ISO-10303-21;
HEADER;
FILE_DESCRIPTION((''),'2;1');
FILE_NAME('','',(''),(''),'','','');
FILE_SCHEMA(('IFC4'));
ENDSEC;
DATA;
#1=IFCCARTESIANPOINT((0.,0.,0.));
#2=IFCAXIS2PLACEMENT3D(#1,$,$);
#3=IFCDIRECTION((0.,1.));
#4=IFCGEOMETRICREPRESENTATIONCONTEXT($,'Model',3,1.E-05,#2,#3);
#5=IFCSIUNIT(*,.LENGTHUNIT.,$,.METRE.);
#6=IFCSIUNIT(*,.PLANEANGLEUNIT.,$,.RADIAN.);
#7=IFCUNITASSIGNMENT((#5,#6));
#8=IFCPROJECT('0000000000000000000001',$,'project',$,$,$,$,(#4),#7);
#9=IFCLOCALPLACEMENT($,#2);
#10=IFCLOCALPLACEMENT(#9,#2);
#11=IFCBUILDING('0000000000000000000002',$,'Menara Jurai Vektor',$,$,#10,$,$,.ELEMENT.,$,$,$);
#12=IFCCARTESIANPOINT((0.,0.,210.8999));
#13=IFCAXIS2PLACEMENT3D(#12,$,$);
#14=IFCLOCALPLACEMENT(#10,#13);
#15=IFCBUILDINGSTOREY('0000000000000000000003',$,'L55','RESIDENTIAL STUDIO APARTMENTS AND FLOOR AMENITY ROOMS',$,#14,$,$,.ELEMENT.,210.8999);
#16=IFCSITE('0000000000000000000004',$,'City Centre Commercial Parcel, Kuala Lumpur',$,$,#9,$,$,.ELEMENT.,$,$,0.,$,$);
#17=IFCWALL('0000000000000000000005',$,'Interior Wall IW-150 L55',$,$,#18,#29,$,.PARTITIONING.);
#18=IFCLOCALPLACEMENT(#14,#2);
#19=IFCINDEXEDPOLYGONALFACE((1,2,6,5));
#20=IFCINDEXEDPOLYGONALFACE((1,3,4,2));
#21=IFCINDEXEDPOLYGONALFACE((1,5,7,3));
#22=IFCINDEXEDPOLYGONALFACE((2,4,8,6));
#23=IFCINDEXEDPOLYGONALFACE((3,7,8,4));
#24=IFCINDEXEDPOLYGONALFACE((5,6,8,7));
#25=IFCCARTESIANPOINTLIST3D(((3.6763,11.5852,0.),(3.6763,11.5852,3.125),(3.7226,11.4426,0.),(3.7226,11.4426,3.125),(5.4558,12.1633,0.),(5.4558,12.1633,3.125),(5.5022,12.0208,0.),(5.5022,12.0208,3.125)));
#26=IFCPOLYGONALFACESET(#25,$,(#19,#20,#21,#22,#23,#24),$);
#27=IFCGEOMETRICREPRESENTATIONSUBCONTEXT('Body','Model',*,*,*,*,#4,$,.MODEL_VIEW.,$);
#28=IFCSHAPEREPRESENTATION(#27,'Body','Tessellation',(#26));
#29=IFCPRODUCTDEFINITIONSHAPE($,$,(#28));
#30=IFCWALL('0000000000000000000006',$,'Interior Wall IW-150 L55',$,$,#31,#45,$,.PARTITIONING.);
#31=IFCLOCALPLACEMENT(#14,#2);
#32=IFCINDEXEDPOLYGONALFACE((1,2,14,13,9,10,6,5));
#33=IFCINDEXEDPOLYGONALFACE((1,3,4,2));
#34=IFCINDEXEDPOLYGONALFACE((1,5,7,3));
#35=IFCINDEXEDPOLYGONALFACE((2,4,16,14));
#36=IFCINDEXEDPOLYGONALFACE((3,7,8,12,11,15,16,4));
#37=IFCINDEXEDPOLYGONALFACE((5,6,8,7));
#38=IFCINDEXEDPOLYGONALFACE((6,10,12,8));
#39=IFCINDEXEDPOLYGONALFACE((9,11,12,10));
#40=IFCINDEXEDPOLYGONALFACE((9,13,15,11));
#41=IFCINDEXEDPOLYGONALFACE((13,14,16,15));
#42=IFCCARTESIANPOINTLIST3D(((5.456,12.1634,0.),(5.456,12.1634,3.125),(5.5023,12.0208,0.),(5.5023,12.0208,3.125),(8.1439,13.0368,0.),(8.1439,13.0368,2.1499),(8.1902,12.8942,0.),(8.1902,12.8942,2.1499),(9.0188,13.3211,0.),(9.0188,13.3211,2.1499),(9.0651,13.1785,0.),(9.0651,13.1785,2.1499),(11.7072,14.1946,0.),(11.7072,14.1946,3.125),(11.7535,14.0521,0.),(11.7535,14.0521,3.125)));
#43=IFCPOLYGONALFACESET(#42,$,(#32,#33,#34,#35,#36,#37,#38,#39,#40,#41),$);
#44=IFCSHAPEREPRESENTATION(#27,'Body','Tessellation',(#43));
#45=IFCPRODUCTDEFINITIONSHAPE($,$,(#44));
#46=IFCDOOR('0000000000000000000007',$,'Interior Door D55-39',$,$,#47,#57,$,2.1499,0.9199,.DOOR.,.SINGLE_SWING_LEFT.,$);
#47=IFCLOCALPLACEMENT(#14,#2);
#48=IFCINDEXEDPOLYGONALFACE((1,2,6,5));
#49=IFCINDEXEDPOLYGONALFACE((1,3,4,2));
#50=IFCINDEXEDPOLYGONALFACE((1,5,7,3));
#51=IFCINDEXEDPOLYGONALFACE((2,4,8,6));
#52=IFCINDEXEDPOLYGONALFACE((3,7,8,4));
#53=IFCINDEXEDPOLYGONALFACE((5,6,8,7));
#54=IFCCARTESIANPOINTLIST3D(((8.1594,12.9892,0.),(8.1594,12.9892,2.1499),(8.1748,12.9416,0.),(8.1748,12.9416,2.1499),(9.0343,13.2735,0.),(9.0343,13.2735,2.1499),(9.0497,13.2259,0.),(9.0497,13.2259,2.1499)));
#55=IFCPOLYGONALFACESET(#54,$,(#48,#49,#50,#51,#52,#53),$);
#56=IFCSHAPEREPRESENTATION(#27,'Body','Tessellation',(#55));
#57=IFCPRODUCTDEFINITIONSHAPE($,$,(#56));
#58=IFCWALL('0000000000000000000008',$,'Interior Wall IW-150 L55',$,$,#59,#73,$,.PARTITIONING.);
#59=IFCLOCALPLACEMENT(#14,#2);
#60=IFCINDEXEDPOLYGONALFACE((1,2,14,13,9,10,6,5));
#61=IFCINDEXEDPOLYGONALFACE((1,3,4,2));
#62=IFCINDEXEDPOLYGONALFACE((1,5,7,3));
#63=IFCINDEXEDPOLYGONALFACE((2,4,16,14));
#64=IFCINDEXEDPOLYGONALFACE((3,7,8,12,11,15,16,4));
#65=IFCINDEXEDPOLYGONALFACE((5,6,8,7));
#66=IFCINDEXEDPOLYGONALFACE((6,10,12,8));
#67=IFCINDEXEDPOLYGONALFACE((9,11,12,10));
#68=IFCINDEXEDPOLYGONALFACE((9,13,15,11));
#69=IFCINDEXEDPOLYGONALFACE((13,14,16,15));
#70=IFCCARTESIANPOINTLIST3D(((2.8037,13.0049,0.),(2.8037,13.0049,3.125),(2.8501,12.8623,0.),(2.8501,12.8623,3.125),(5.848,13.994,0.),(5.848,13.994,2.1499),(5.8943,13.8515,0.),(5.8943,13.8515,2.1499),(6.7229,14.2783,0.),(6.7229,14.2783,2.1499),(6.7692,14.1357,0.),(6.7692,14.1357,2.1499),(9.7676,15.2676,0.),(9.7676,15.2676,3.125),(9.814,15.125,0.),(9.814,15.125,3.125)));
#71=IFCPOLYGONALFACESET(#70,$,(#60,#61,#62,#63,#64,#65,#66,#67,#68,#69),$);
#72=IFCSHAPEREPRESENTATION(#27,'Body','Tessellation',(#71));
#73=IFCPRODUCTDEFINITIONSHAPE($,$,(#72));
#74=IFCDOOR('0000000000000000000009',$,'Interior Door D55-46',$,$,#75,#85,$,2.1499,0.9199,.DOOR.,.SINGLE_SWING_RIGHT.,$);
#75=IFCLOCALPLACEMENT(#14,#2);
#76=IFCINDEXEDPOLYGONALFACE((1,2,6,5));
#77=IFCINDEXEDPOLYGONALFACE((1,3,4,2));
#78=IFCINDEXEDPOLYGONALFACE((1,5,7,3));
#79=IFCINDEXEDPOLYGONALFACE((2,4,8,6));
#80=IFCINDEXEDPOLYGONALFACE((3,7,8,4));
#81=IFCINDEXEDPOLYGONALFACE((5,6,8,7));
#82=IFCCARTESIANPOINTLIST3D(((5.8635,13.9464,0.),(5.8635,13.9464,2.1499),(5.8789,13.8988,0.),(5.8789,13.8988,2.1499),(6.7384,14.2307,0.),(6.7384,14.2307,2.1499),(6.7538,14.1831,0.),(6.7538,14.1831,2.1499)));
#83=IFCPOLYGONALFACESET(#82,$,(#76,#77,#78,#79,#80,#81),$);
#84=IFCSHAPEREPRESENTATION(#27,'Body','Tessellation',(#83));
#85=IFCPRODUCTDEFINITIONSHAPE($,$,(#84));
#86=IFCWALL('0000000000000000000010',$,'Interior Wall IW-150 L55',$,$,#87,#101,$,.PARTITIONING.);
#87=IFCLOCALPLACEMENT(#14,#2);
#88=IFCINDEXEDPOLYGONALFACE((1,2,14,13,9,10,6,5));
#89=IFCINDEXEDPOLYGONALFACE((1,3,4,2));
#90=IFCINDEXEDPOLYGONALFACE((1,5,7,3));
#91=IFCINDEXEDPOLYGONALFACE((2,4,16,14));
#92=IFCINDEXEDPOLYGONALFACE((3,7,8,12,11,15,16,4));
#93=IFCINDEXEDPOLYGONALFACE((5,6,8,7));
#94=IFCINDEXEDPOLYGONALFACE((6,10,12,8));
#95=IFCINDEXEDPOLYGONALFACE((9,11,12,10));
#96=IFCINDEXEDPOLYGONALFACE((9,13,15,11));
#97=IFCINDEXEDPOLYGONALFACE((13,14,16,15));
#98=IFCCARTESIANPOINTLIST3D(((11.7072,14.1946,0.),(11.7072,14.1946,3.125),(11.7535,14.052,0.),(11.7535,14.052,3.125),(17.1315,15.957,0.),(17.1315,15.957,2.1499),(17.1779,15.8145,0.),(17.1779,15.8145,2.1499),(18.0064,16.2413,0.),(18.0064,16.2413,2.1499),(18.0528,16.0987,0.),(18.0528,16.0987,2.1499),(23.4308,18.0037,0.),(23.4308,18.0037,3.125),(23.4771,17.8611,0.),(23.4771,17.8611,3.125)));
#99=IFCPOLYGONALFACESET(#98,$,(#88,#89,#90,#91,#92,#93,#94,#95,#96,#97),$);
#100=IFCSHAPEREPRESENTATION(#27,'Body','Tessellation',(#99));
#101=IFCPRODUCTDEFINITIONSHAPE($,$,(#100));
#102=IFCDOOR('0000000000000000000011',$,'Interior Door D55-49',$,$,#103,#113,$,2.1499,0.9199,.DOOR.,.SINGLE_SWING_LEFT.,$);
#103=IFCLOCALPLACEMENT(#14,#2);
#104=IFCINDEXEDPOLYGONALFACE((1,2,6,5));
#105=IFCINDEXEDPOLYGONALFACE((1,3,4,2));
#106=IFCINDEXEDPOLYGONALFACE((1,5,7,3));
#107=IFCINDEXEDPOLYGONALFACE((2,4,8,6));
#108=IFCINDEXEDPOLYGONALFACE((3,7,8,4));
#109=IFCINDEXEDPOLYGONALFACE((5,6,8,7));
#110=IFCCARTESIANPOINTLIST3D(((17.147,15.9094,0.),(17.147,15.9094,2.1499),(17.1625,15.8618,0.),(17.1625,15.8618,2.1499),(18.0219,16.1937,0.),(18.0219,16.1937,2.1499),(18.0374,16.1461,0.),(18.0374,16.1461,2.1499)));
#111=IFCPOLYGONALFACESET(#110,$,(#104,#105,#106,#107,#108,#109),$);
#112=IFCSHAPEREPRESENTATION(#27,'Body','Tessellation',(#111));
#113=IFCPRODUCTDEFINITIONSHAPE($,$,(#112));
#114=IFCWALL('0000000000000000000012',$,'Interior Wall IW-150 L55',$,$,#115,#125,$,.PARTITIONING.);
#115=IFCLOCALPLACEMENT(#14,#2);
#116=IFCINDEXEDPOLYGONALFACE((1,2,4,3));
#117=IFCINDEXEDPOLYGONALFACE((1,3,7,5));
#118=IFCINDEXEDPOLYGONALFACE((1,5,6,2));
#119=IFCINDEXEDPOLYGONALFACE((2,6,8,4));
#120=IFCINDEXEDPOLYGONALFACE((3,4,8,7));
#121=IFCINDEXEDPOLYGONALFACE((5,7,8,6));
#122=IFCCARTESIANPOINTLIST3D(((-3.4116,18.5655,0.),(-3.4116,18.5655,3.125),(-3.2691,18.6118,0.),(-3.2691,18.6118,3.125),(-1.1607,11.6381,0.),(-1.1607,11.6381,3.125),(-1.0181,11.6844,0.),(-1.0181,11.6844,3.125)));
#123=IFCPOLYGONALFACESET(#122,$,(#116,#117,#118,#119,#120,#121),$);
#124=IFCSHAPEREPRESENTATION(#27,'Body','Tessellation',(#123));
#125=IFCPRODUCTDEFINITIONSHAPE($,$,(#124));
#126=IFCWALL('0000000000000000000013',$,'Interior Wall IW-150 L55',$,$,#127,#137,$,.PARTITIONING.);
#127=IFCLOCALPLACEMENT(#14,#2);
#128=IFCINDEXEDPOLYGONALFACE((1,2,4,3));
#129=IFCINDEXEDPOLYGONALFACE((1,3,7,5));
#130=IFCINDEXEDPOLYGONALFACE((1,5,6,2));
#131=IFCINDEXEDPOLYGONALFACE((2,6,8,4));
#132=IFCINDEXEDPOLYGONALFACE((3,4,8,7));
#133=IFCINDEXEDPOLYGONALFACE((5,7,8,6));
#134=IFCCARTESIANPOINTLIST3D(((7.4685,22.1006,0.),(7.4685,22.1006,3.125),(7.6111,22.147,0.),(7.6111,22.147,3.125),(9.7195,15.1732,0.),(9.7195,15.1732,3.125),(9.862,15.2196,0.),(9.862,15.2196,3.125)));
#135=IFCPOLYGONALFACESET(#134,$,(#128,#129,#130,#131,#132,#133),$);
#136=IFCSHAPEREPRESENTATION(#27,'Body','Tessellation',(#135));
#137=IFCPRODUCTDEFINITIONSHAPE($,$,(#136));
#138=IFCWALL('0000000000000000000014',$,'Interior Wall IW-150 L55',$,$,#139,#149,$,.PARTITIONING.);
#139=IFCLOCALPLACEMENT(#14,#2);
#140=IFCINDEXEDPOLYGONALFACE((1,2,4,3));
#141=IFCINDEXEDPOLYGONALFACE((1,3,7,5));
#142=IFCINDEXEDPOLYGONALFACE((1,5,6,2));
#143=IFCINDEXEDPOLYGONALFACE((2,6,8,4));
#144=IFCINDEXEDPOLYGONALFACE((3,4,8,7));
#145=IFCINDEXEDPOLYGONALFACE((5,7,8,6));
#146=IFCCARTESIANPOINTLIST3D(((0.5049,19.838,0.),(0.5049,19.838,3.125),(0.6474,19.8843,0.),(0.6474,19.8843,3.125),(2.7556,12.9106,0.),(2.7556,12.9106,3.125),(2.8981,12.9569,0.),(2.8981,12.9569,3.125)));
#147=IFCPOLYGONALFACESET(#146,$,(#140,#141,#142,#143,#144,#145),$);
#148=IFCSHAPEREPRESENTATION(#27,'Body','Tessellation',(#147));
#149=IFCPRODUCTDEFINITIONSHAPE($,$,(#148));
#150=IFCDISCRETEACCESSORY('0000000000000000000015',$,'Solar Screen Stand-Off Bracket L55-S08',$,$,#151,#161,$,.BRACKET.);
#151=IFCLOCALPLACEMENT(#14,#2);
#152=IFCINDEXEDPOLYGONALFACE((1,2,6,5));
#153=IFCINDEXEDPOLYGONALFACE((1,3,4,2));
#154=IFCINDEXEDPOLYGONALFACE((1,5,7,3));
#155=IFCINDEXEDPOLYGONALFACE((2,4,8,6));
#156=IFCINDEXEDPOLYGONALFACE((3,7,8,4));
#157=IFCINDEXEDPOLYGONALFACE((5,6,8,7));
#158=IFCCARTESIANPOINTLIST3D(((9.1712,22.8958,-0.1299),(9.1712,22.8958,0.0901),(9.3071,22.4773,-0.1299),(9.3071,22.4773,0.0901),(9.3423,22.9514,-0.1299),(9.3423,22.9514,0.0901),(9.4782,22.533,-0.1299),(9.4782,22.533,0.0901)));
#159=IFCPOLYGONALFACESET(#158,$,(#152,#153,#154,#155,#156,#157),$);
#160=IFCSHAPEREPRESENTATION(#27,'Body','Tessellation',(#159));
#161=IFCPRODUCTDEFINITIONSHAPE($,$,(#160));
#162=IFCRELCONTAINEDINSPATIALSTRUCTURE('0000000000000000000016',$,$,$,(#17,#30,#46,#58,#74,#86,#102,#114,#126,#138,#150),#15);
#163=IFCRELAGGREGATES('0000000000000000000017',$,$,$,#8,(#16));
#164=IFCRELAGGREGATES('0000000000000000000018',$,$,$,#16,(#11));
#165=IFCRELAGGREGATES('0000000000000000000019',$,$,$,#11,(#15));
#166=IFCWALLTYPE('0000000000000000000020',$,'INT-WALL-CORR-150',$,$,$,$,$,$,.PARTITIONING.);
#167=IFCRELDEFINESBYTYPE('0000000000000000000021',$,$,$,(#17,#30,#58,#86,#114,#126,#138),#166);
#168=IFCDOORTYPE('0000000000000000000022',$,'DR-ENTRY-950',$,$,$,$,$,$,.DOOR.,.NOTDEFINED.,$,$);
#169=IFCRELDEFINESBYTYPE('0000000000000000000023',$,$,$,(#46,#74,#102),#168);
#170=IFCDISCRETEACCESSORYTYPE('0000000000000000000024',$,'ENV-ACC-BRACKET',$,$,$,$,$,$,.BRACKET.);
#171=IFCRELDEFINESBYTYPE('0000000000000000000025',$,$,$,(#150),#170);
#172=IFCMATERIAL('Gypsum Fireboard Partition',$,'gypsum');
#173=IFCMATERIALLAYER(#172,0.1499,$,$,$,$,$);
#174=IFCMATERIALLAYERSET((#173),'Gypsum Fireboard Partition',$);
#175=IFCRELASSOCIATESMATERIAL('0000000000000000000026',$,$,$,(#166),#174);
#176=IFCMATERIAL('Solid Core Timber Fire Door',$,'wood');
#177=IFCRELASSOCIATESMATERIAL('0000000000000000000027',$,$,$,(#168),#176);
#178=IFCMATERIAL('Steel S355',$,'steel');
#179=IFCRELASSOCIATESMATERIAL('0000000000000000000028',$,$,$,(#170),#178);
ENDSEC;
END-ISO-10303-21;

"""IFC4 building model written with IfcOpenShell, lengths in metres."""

from ifc_helpers import new_model, si_unit, direction, frame, frame_2d, origin, origin_2d, place, context, subcontext, project, spatial, rectangle, extrude, material, layer, layer_set, type_object, element, fill, save


model = new_model("IFC4")

# Units and contexts
model_context = context("Model", 3, precision=1e-05, world=origin(), true_north=direction((0.0, 1.0)))
body_context = subcontext(model_context, "Body", "Model", "MODEL_VIEW")
ifc_project = project(units=[si_unit("LENGTHUNIT", "METRE"), si_unit("PLANEANGLEUNIT", "RADIAN")], contexts=[model_context])

# Site, building, storey
site_placement = place(None, origin())
site = spatial("IfcSite", under=ifc_project, at=site_placement, Name="City Centre Commercial Parcel, Kuala Lumpur", CompositionType="ELEMENT", RefElevation=0.0)
building_placement = place(site_placement, origin())
building = spatial("IfcBuilding", under=site, at=building_placement, Name="Menara Jurai Vektor", CompositionType="ELEMENT")
storey_placement = place(building_placement, frame((0.0, 0.0, 210.8999)))
storey = spatial("IfcBuildingStorey", under=building, at=storey_placement, Name="L55", Description="RESIDENTIAL STUDIO APARTMENTS AND FLOOR AMENITY ROOMS", CompositionType="ELEMENT", Elevation=210.8999)

# Shared definitions
ifc_material_1 = material(Name="Steel S355", Category="steel")

# Wall
ifc_material_2 = material(Name="Gypsum Fireboard Partition", Category="gypsum")
ifc_layer_1 = layer(ifc_material_2, 0.1499)
ifc_layer_set_1 = layer_set([ifc_layer_1], Name="Gypsum Fireboard Partition")
wall_type = type_object("IfcWallType", Name="INT-WALL-CORR-150", PredefinedType="PARTITIONING", material=ifc_layer_set_1)
wall_1_placement = place(storey_placement, frame((3.6995, 11.5139, 0.0), z_axis=(0.0, 0.0, 1.0), x_axis=(0.95107, 0.308977, 0.0)))
element("IfcWall", 1, at=wall_1_placement, inside=storey, type_object=wall_type, Name="Interior Wall IW-150 L55", PredefinedType="PARTITIONING", context=body_context, shape_type="SweptSolid", body=[
    extrude(rectangle(XDim=1.8711, YDim=0.1499, at=frame_2d((0.9355, 0.0))), origin(), (0.0, 0.0, 1.0), 3.125),
])

# Walls, openings, doors
wall_2_placement = place(storey_placement, frame((5.479, 12.092, 0.0), z_axis=(0.0, 0.0, 1.0), x_axis=(0.951052, 0.309031, 0.0)))
wall_2 = element("IfcWall", 2, at=wall_2_placement, inside=storey, type_object=wall_type, Name="Interior Wall IW-150 L55", PredefinedType="PARTITIONING", context=body_context, shape_type="SweptSolid", body=[
    extrude(rectangle(XDim=6.573, YDim=0.1499, at=frame_2d((3.2866, 0.0))), origin(), (0.0, 0.0, 1.0), 3.125),
])
opening_1_placement = place(wall_2_placement, frame((2.8264, 0.0, 0.0)))
opening_1 = element("IfcOpeningElement", 3, at=opening_1_placement, cuts=wall_2, PredefinedType="OPENING", context=body_context, shape_type="SweptSolid", body=[
    extrude(rectangle(XDim=0.9199, YDim=2.1499, at=frame_2d((0.46, 1.075))), frame((0.0, 0.085, 0.0), z_axis=(0.0, -1.0, 0.0), x_axis=(1.0, 0.0, 0.0)), (0.0, 0.0, 1.0), 0.1699),
])
ifc_material_3 = material(Name="Solid Core Timber Fire Door", Category="wood")
door_type_1 = type_object("IfcDoorType", Name="DR-ENTRY-950", OperationType="NOTDEFINED", PredefinedType="DOOR", material=ifc_material_3)
door_1_placement = place(opening_1_placement, origin())
door_1 = element("IfcDoor", 4, at=door_1_placement, inside=storey, type_object=door_type_1, Name="Interior Door D55-39", OperationType="SINGLE_SWING_LEFT", OverallHeight=2.1499, OverallWidth=0.9199, PredefinedType="DOOR", context=body_context, shape_type="SweptSolid", body=[
    extrude(rectangle(XDim=0.9199, YDim=2.1499, at=frame_2d((0.46, 1.075))), frame((0.0, 0.0249, 0.0), z_axis=(0.0, -1.0, 0.0), x_axis=(1.0, 0.0, 0.0)), (0.0, 0.0, 1.0), 0.05),
])
fill(opening_1, door_1)
wall_3_placement = place(storey_placement, frame((2.8269, 12.9336, 0.0), z_axis=(0.0, 0.0, 1.0), x_axis=(0.951057, 0.309017, 0.0)))
wall_3 = element("IfcWall", 5, at=wall_3_placement, inside=storey, type_object=wall_type, Name="Interior Wall IW-150 L55", PredefinedType="PARTITIONING", context=body_context, shape_type="SweptSolid", body=[
    extrude(rectangle(XDim=7.3223, YDim=0.1499, at=frame_2d((3.6611, 0.0))), origin(), (0.0, 0.0, 1.0), 3.125),
])
opening_2_placement = place(wall_3_placement, frame((3.2009, 0.0, 0.0)))
opening_2 = element("IfcOpeningElement", 6, at=opening_2_placement, cuts=wall_3, PredefinedType="OPENING", context=body_context, shape_type="SweptSolid", body=[
    extrude(rectangle(XDim=0.9199, YDim=2.1499, at=frame_2d((0.46, 1.075))), frame((0.0, 0.085, 0.0), z_axis=(0.0, -1.0, 0.0), x_axis=(1.0, 0.0, 0.0)), (0.0, 0.0, 1.0), 0.1699),
])
door_2_placement = place(opening_2_placement, origin())
door_2 = element("IfcDoor", 7, at=door_2_placement, inside=storey, type_object=door_type_1, Name="Interior Door D55-46", OperationType="SINGLE_SWING_RIGHT", OverallHeight=2.1499, OverallWidth=0.9199, PredefinedType="DOOR", context=body_context, shape_type="SweptSolid", body=[
    extrude(rectangle(XDim=0.9199, YDim=2.1499, at=frame_2d((0.46, 1.075))), frame((0.0, 0.0249, 0.0), z_axis=(0.0, -1.0, 0.0), x_axis=(1.0, 0.0, 0.0)), (0.0, 0.0, 1.0), 0.05),
])
fill(opening_2, door_2)
wall_4_placement = place(storey_placement, frame((11.7302, 14.1233, 0.0), z_axis=(0.0, 0.0, 1.0), x_axis=(0.95106, 0.309005, 0.0)))
wall_4 = element("IfcWall", 8, at=wall_4_placement, inside=storey, type_object=wall_type, Name="Interior Wall IW-150 L55", PredefinedType="PARTITIONING", context=body_context, shape_type="SweptSolid", body=[
    extrude(rectangle(XDim=12.3269, YDim=0.1499, at=frame_2d((6.1636, 0.0))), origin(), (0.0, 0.0, 1.0), 3.125),
])
opening_3_placement = place(wall_4_placement, frame((5.7036, 0.0, 0.0)))
opening_3 = element("IfcOpeningElement", 9, at=opening_3_placement, cuts=wall_4, PredefinedType="OPENING", context=body_context, shape_type="SweptSolid", body=[
    extrude(rectangle(XDim=0.9199, YDim=2.1499, at=frame_2d((0.46, 1.075))), frame((0.0, 0.085, 0.0), z_axis=(0.0, -1.0, 0.0), x_axis=(1.0, 0.0, 0.0)), (0.0, 0.0, 1.0), 0.1699),
])
door_3_placement = place(opening_3_placement, origin())
door_3 = element("IfcDoor", 10, at=door_3_placement, inside=storey, type_object=door_type_1, Name="Interior Door D55-49", OperationType="SINGLE_SWING_LEFT", OverallHeight=2.1499, OverallWidth=0.9199, PredefinedType="DOOR", context=body_context, shape_type="SweptSolid", body=[
    extrude(rectangle(XDim=0.9199, YDim=2.1499, at=frame_2d((0.46, 1.075))), frame((0.0, 0.0249, 0.0), z_axis=(0.0, -1.0, 0.0), x_axis=(1.0, 0.0, 0.0)), (0.0, 0.0, 1.0), 0.05),
])
fill(opening_3, door_3)

# Wall
wall_5_placement = place(storey_placement, frame((-1.0894, 11.6611, 0.0), z_axis=(0.0, 0.0, 1.0), x_axis=(-0.309029, 0.951053, 0.0)))
element("IfcWall", 11, at=wall_5_placement, inside=storey, type_object=wall_type, Name="Interior Wall IW-150 L55", PredefinedType="PARTITIONING", context=body_context, shape_type="SweptSolid", body=[
    extrude(rectangle(XDim=7.2839, YDim=0.1499, at=frame_2d((3.6421, 0.0))), origin(), (0.0, 0.0, 1.0), 3.125),
])

# Walls
for number, where, z_axis, x_axis, name in (
    (12, (9.7908, 15.1963, 0.0), (0.0, 0.0, 1.0), (-0.309029, 0.951053, 0.0), "Interior Wall IW-150 L55"),
    (13, (2.8269, 12.9336, 0.0), (0.0, 0.0, 1.0), (-0.308999, 0.951062, 0.0), "Interior Wall IW-150 L55"),
):
    element("IfcWall", number, at=place(storey_placement, frame(where, z_axis=z_axis, x_axis=x_axis)), inside=storey, type_object=wall_type, Name=name, PredefinedType="PARTITIONING", context=body_context, shape_type="SweptSolid", body=[
        extrude(rectangle(XDim=7.2839, YDim=0.1499, at=frame_2d((3.6421, 0.0))), origin(), (0.0, 0.0, 1.0), 3.125),
    ])

# Discrete accessory
discrete_accessory_type = type_object("IfcDiscreteAccessoryType", Name="ENV-ACC-BRACKET", PredefinedType="BRACKET", material=ifc_material_1)
discrete_accessory_placement = place(storey_placement, frame((9.3247, 22.7144, -0.1299), z_axis=(0.0, 0.0, 1.0), x_axis=(-0.951057, -0.309017, 0.0)))
element("IfcDiscreteAccessory", 14, at=discrete_accessory_placement, inside=storey, type_object=discrete_accessory_type, Name="Solar Screen Stand-Off Bracket L55-S08", PredefinedType="BRACKET", context=body_context, shape_type="SweptSolid", body=[
    extrude(rectangle(XDim=0.1799, YDim=0.4399, at=origin_2d()), origin(), (0.0, 0.0, 1.0), 0.22),
])

save(model, "model.ifc")
